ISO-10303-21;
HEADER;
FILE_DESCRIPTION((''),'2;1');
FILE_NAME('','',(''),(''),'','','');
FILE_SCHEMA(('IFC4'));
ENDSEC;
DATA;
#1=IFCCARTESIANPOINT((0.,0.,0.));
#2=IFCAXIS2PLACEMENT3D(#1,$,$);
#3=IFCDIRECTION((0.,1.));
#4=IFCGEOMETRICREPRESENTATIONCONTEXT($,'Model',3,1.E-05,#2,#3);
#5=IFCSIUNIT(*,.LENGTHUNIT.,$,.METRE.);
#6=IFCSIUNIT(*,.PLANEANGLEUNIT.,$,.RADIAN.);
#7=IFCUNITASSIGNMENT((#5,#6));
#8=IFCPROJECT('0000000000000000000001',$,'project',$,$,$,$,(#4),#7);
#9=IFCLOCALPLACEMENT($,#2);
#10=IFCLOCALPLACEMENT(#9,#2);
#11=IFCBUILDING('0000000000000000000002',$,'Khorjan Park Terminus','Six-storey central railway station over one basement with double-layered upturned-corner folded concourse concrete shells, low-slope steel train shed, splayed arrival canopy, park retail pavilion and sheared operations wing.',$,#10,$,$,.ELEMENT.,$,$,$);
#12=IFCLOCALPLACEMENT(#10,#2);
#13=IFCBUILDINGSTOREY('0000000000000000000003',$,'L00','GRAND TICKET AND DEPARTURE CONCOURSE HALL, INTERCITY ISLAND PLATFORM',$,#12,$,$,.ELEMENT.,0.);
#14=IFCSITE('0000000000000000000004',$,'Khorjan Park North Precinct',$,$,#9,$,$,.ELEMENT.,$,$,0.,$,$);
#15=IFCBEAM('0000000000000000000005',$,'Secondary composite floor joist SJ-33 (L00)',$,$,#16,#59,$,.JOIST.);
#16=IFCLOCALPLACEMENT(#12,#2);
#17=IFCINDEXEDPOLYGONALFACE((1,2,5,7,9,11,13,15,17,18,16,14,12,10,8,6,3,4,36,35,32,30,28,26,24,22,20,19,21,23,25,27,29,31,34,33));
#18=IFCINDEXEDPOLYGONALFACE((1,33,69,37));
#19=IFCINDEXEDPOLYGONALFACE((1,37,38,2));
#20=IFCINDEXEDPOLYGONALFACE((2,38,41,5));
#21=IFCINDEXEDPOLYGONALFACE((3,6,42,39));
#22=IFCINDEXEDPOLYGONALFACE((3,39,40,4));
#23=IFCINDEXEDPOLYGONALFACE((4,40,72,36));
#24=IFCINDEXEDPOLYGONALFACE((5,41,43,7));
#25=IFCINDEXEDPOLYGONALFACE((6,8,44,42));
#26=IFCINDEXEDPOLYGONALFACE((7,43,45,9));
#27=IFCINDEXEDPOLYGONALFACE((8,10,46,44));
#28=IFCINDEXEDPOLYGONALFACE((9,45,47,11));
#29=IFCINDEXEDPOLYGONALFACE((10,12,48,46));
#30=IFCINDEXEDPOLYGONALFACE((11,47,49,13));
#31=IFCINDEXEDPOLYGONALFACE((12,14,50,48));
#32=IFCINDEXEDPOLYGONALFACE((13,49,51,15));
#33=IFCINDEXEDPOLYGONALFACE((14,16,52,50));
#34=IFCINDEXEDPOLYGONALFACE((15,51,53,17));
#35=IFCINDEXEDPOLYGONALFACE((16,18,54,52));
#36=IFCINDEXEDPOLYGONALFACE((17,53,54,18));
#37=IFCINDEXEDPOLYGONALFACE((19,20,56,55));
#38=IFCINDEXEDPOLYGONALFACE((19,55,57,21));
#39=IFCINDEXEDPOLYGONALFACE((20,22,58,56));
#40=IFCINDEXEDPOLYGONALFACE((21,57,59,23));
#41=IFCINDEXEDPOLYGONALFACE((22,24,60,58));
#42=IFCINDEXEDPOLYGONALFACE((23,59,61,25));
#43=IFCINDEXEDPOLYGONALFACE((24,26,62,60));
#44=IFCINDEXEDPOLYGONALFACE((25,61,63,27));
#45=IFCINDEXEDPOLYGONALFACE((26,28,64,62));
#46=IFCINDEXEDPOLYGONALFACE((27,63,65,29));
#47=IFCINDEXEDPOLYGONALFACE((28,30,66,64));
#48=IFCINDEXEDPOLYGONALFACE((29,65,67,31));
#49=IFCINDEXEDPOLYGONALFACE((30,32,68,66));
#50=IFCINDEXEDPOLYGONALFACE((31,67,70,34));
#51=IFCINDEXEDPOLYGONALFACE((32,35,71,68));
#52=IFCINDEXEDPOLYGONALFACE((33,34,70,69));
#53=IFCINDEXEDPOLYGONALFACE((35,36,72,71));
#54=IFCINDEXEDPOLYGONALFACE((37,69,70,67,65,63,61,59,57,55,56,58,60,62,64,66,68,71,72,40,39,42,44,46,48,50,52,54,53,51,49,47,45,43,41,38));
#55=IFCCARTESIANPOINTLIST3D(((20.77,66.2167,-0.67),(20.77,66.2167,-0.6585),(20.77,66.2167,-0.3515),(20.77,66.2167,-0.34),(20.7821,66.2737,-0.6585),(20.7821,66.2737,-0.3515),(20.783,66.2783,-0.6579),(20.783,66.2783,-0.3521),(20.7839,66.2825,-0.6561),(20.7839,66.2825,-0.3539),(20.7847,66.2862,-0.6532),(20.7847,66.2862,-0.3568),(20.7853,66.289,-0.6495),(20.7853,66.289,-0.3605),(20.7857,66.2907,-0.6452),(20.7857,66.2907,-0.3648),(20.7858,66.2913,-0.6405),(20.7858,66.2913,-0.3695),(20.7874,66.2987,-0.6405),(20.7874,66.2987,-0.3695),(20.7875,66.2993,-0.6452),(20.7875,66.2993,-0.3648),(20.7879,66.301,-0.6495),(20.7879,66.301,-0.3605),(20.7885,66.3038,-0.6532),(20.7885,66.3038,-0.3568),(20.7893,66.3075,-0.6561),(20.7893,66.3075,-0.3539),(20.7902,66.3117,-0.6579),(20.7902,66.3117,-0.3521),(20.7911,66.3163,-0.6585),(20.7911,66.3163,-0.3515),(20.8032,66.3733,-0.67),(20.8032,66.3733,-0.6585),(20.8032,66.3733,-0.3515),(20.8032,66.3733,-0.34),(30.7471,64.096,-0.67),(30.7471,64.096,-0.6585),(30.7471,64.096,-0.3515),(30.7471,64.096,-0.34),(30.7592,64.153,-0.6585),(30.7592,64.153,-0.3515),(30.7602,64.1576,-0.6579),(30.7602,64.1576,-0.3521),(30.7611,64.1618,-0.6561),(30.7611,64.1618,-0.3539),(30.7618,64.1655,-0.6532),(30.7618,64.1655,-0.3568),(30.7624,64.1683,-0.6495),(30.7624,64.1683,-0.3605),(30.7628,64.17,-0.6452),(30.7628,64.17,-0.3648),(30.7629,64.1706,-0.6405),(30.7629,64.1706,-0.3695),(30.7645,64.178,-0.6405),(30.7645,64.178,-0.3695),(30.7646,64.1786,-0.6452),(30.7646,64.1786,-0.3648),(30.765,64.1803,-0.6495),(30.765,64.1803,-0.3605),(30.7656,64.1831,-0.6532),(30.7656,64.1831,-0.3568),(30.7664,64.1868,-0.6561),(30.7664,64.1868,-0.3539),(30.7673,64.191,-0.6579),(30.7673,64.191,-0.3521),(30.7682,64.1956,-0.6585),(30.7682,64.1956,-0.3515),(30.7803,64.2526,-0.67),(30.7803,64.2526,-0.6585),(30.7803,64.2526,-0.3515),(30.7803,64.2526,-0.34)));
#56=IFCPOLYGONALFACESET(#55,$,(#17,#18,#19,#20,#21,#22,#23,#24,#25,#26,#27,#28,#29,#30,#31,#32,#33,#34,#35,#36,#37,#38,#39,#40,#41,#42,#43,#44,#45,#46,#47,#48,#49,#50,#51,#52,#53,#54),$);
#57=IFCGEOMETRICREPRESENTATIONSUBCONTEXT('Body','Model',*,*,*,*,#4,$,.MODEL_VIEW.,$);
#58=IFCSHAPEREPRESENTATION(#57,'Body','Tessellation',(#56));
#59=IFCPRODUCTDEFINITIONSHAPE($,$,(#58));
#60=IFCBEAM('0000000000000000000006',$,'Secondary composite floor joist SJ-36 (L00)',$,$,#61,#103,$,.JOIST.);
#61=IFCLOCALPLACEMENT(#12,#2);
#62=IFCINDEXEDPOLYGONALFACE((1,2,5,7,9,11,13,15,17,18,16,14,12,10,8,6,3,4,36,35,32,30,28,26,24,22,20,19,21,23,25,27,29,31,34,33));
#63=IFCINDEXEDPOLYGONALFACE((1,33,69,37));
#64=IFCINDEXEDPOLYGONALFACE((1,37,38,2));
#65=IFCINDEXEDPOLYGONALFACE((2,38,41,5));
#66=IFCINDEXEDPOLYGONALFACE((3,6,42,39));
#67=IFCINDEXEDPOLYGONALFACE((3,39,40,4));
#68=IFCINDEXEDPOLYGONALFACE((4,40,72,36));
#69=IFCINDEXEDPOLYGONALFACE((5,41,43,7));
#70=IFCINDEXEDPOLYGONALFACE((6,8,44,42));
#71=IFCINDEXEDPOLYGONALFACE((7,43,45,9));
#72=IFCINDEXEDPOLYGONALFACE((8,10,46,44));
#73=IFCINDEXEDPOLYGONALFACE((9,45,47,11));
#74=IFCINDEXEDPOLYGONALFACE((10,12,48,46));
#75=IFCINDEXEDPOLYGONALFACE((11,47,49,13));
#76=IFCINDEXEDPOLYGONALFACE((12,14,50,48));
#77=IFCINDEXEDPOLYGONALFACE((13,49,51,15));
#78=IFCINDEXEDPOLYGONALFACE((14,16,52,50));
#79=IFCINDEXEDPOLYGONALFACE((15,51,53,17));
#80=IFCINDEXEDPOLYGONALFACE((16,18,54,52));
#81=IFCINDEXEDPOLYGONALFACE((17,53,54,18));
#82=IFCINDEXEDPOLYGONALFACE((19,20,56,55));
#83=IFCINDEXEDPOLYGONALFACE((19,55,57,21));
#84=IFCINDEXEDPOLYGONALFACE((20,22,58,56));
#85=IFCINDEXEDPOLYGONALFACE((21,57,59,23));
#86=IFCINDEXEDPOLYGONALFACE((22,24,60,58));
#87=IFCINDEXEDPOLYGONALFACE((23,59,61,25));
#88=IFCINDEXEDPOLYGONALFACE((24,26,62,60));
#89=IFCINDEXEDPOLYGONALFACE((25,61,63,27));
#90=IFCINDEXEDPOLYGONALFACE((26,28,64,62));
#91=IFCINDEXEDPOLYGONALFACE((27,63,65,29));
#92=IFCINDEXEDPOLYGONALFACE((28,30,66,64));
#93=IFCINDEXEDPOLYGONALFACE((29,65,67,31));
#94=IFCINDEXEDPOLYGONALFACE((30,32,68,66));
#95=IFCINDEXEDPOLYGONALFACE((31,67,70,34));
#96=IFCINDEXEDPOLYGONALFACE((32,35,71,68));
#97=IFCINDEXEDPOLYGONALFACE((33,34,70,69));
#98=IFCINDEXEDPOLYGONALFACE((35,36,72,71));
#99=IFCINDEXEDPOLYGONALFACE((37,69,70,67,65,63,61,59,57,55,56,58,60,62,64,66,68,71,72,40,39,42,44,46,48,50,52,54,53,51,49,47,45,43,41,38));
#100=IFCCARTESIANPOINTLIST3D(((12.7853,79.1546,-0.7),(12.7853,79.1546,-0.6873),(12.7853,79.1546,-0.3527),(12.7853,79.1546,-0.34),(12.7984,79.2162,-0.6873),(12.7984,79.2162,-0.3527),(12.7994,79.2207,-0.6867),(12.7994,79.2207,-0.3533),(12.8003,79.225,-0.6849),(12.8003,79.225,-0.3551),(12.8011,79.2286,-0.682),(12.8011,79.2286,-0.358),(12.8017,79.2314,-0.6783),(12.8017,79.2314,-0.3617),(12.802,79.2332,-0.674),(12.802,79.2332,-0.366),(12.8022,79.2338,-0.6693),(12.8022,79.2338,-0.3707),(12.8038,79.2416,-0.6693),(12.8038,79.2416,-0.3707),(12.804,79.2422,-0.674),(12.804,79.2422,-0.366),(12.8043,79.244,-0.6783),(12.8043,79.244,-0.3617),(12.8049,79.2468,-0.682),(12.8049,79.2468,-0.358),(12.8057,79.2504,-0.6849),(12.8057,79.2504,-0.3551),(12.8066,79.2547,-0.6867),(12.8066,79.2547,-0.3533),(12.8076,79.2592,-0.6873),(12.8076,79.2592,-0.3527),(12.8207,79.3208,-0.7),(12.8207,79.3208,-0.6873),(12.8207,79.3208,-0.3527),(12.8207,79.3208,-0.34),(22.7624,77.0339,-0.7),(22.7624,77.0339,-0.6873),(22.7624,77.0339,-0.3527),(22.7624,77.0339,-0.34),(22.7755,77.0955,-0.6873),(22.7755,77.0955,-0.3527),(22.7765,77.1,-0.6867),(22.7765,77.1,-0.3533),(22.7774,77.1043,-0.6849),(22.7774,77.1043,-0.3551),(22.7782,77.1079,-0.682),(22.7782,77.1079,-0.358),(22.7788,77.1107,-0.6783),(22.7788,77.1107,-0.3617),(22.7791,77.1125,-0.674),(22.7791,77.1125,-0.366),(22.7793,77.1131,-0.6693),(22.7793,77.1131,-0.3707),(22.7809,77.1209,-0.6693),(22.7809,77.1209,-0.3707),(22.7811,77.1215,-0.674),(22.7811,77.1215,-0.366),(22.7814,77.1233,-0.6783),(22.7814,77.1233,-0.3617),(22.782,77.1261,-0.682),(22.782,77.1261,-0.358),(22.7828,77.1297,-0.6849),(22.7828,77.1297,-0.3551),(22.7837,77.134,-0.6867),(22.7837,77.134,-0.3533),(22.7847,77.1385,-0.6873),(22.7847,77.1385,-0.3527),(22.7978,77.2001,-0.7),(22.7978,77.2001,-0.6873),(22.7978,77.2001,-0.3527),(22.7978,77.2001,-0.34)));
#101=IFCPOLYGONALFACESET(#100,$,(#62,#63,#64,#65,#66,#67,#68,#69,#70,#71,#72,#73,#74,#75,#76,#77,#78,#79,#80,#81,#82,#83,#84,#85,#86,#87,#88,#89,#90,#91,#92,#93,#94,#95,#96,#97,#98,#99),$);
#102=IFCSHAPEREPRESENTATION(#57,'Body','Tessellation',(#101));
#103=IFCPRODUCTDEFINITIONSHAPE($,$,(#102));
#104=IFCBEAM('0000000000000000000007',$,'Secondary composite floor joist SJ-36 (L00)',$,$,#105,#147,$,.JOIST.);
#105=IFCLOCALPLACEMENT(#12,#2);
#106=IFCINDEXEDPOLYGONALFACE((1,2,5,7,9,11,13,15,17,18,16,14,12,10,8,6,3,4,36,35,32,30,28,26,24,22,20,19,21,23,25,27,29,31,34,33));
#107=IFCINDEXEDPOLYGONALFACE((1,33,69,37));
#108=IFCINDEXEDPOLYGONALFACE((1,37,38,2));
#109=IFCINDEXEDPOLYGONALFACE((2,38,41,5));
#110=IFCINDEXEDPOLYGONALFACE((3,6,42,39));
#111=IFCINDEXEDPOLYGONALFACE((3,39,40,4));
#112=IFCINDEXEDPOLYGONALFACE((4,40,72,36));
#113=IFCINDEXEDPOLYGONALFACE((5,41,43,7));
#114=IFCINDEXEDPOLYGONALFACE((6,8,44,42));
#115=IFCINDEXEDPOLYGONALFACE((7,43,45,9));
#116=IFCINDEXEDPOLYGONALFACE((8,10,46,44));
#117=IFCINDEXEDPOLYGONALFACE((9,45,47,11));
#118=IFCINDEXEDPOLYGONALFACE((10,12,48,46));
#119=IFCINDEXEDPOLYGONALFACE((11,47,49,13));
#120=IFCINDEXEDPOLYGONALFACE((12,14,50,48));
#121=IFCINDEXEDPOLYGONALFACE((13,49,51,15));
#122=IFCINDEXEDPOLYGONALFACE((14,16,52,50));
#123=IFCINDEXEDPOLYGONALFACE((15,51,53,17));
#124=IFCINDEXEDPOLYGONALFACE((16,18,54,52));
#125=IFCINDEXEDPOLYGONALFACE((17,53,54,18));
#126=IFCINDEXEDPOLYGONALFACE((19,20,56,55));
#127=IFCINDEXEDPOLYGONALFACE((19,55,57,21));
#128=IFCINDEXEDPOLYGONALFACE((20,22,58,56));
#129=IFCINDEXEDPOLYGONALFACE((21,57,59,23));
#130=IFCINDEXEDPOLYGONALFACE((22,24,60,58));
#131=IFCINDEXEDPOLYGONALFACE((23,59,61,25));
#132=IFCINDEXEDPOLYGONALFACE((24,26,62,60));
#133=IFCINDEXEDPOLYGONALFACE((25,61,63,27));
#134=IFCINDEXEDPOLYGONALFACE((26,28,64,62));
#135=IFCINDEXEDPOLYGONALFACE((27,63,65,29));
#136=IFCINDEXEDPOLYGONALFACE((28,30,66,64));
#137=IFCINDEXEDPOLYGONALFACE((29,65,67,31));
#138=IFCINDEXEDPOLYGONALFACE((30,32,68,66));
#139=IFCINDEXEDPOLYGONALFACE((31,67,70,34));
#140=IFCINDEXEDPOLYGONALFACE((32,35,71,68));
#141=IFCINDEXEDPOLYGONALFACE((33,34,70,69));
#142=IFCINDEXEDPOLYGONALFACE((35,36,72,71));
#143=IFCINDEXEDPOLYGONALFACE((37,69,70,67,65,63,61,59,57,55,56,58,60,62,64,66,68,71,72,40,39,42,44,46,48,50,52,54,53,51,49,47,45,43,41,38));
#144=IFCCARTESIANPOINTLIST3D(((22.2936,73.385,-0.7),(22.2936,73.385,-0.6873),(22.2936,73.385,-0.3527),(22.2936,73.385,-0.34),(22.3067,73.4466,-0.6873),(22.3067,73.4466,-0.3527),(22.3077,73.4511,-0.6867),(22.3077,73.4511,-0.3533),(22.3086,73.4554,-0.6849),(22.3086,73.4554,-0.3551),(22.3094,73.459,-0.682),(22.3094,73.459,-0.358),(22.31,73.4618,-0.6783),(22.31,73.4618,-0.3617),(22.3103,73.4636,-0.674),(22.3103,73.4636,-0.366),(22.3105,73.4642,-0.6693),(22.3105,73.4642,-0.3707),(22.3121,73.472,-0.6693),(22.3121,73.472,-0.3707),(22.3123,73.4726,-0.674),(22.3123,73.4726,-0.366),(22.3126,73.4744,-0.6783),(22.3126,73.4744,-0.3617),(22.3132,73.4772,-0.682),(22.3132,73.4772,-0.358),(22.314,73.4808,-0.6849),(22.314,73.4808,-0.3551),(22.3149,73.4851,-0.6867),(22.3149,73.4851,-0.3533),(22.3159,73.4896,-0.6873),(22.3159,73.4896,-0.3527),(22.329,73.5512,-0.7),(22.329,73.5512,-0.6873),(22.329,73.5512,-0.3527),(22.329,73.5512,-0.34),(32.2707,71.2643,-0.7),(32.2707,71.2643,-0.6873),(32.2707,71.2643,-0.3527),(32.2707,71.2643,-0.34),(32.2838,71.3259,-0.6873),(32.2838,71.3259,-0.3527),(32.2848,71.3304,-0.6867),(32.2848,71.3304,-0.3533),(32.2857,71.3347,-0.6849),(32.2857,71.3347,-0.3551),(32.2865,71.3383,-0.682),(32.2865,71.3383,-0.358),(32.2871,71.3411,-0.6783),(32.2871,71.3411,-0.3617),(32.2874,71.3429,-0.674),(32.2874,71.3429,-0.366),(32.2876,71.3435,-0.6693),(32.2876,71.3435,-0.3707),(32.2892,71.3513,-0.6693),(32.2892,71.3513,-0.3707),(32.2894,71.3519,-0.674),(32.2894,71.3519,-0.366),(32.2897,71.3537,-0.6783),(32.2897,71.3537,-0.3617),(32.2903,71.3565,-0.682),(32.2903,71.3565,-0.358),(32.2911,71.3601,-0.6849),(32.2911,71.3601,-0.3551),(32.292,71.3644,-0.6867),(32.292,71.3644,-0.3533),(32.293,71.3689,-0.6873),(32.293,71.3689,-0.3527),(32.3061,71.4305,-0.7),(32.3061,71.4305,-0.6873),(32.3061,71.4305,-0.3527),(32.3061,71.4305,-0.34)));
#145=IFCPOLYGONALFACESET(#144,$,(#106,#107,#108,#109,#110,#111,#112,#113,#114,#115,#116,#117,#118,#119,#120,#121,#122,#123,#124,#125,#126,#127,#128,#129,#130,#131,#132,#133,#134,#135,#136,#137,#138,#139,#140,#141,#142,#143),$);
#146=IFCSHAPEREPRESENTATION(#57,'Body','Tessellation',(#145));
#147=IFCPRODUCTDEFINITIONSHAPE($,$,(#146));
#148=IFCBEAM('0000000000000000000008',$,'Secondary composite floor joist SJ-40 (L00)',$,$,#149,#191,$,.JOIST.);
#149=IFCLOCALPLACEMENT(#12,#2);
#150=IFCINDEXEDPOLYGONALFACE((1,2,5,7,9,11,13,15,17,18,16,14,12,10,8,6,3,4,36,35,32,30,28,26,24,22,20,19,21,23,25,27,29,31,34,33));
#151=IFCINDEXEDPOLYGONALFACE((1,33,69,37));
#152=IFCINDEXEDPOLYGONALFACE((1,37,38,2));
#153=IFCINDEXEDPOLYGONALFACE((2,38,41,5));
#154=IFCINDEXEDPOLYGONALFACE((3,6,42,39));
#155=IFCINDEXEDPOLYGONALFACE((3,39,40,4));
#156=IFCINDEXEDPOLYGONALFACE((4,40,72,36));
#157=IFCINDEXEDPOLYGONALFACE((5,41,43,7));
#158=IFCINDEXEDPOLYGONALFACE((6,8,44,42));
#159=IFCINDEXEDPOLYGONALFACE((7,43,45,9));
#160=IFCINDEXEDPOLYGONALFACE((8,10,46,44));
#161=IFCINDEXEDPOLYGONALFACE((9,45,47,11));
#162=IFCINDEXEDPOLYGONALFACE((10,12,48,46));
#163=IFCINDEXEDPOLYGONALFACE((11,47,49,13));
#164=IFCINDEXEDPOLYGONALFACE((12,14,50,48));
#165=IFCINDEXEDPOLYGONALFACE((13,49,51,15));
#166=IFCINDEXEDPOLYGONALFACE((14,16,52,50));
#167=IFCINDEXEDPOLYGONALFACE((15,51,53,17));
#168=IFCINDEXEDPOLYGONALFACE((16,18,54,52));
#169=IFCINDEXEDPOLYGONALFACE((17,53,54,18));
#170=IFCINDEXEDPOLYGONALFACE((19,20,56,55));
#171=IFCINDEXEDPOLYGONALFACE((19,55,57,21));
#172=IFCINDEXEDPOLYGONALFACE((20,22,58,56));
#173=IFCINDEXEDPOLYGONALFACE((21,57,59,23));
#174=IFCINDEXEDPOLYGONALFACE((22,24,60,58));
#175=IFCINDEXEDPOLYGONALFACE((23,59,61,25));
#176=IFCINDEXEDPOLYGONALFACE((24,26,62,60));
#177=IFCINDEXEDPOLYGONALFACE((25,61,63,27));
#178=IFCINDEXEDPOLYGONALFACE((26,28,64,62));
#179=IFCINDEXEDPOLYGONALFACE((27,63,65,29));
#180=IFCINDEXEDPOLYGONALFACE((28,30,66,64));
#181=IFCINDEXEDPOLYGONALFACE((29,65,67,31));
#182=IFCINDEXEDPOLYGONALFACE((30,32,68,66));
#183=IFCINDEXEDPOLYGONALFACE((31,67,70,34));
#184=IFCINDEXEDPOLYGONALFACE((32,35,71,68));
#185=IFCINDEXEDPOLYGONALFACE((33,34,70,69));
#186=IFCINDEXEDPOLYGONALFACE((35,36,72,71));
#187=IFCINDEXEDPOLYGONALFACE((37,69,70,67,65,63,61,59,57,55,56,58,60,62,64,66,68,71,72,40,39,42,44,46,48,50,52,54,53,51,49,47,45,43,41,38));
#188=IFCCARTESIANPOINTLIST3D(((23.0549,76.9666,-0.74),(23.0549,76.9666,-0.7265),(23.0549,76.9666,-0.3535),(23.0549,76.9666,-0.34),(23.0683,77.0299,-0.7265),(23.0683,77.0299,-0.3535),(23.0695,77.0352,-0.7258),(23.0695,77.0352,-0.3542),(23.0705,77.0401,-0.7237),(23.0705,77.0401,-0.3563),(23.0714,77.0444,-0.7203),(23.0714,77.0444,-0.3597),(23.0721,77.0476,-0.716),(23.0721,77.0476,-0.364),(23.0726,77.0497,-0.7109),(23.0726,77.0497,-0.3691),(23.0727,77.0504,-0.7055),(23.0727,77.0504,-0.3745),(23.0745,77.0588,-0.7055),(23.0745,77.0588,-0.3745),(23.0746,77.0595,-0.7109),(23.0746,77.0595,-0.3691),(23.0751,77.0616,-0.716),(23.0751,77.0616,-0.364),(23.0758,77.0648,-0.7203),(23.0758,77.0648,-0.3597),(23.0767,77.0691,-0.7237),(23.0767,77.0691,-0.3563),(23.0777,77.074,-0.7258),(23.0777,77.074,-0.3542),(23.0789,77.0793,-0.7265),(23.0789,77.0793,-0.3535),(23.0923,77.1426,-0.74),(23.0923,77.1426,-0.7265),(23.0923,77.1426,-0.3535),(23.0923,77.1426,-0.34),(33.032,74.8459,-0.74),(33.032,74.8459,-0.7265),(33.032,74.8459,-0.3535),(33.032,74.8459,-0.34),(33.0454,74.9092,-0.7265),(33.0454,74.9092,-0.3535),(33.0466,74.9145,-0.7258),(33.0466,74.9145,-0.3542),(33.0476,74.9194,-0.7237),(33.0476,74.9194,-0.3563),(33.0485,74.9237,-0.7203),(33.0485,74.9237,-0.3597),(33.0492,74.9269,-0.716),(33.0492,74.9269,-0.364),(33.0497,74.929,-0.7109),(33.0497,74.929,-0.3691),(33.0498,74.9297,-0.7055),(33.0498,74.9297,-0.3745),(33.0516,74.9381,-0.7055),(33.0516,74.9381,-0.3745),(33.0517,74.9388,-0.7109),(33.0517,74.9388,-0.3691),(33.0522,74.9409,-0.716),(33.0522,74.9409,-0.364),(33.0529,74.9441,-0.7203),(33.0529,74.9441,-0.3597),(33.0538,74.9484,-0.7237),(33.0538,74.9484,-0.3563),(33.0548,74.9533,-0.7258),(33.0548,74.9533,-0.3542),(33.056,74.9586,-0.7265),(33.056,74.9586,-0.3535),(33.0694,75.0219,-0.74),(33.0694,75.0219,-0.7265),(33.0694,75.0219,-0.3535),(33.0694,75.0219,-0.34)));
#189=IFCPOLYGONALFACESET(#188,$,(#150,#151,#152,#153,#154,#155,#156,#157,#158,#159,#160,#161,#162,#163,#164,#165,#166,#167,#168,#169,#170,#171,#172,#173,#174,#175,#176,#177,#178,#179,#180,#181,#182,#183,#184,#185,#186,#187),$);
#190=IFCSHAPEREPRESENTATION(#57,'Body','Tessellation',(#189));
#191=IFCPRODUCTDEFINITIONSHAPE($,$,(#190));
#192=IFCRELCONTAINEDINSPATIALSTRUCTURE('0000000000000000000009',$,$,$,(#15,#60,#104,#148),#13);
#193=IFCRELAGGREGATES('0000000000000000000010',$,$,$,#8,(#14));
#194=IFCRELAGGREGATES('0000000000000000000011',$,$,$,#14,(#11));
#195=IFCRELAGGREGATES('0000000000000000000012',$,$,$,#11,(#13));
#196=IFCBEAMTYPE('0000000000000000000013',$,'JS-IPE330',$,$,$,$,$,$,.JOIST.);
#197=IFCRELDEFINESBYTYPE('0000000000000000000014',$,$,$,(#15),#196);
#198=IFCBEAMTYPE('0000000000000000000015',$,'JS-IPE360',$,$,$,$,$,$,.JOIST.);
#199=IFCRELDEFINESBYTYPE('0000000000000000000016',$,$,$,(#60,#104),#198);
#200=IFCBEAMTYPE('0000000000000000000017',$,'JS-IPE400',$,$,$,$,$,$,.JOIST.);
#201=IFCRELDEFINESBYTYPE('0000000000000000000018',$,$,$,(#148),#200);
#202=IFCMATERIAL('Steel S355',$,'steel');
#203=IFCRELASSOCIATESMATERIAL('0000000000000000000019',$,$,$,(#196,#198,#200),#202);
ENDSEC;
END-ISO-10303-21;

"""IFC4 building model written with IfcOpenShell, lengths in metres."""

from ifc_helpers import new_model, si_unit, direction, frame, origin, origin_2d, place, context, subcontext, project, spatial, i_section, extrude, material, material_profile, profile_set, type_object, element, save


model = new_model("IFC4")

# Units and contexts
model_context = context("Model", 3, precision=1e-05, world=origin(), true_north=direction((0.0, 1.0)))
body_context = subcontext(model_context, "Body", "Model", "MODEL_VIEW")
ifc_project = project(units=[si_unit("LENGTHUNIT", "METRE"), si_unit("PLANEANGLEUNIT", "RADIAN")], contexts=[model_context])

# Site, building, storey
site_placement = place(None, origin())
site = spatial("IfcSite", under=ifc_project, at=site_placement, Name="Khorjan Park North Precinct", CompositionType="ELEMENT", RefElevation=0.0)
building_placement = place(site_placement, origin())
building = spatial("IfcBuilding", under=site, at=building_placement, Name="Khorjan Park Terminus", Description="Six-storey central railway station over one basement with double-layered upturned-corner folded concourse concrete shells, low-slope steel train shed, splayed arrival canopy, park retail pavilion and sheared operations wing.", CompositionType="ELEMENT")
storey_placement = place(building_placement, origin())
storey = spatial("IfcBuildingStorey", under=building, at=storey_placement, Name="L00", Description="GRAND TICKET AND DEPARTURE CONCOURSE HALL, INTERCITY ISLAND PLATFORM", CompositionType="ELEMENT", Elevation=0.0)

# Shared definitions
ifc_material_1 = material(Name="Steel S355", Category="steel")

# Beams
ifc_material_profile_1 = material_profile(ifc_material_1, i_section(OverallWidth=0.16, OverallDepth=0.33, WebThickness=0.0075, FlangeThickness=0.0115, FilletRadius=0.018, at=origin_2d()), Name="IPE 330")
ifc_profile_set_1 = profile_set([ifc_material_profile_1], Name="Steel S355")
beam_type_1 = type_object("IfcBeamType", Name="JS-IPE330", PredefinedType="JOIST", material=ifc_profile_set_1)
for number, where, z_axis, x_axis, name in (
    (1, (20.7866, 66.295, -0.505), (0.978148, -0.207912, 0.0), (0.207912, 0.978148, 0.0), "Secondary composite floor joist SJ-33 (L00)"),
):
    element("IfcBeam", number, at=place(storey_placement, frame(where, z_axis=z_axis, x_axis=x_axis)), inside=storey, type_object=beam_type_1, Name=name, PredefinedType="JOIST", context=body_context, shape_type="SweptSolid", body=[
        extrude(i_section(OverallWidth=0.16, OverallDepth=0.33, WebThickness=0.0075, FlangeThickness=0.0115, FilletRadius=0.018, at=origin_2d()), origin(), (0.0, 0.0, 1.0), 10.2),
    ])
ifc_material_profile_2 = material_profile(ifc_material_1, i_section(OverallWidth=0.17, OverallDepth=0.36, WebThickness=0.008, FlangeThickness=0.0127, FilletRadius=0.018, at=origin_2d()), Name="IPE 360")
ifc_profile_set_2 = profile_set([ifc_material_profile_2], Name="Steel S355")
beam_type_2 = type_object("IfcBeamType", Name="JS-IPE360", PredefinedType="JOIST", material=ifc_profile_set_2)
for number, where, z_axis, x_axis, name in (
    (2, (12.803, 79.2377, -0.52), (0.978148, -0.207912, 0.0), (0.207912, 0.978148, 0.0), "Secondary composite floor joist SJ-36 (L00)"),
    (3, (22.3113, 73.4681, -0.52), (0.978148, -0.207912, 0.0), (0.207912, 0.978148, 0.0), "Secondary composite floor joist SJ-36 (L00)"),
):
    element("IfcBeam", number, at=place(storey_placement, frame(where, z_axis=z_axis, x_axis=x_axis)), inside=storey, type_object=beam_type_2, Name=name, PredefinedType="JOIST", context=body_context, shape_type="SweptSolid", body=[
        extrude(i_section(OverallWidth=0.17, OverallDepth=0.36, WebThickness=0.008, FlangeThickness=0.0127, FilletRadius=0.018, at=origin_2d()), origin(), (0.0, 0.0, 1.0), 10.2),
    ])
ifc_material_profile_3 = material_profile(ifc_material_1, i_section(OverallWidth=0.18, OverallDepth=0.4, WebThickness=0.0086, FlangeThickness=0.0135, FilletRadius=0.021, at=origin_2d()), Name="IPE 400")
ifc_profile_set_3 = profile_set([ifc_material_profile_3], Name="Steel S355")
beam_type_3 = type_object("IfcBeamType", Name="JS-IPE400", PredefinedType="JOIST", material=ifc_profile_set_3)
beam_1_placement = place(storey_placement, frame((23.0736, 77.0546, -0.54), z_axis=(0.978148, -0.207912, 0.0), x_axis=(0.207912, 0.978148, 0.0)))
element("IfcBeam", 4, at=beam_1_placement, inside=storey, type_object=beam_type_3, Name="Secondary composite floor joist SJ-40 (L00)", PredefinedType="JOIST", context=body_context, shape_type="SweptSolid", body=[
    extrude(i_section(OverallWidth=0.18, OverallDepth=0.4, WebThickness=0.0086, FlangeThickness=0.0135, FilletRadius=0.021, at=origin_2d()), origin(), (0.0, 0.0, 1.0), 10.2),
])

save(model, "model.ifc")
